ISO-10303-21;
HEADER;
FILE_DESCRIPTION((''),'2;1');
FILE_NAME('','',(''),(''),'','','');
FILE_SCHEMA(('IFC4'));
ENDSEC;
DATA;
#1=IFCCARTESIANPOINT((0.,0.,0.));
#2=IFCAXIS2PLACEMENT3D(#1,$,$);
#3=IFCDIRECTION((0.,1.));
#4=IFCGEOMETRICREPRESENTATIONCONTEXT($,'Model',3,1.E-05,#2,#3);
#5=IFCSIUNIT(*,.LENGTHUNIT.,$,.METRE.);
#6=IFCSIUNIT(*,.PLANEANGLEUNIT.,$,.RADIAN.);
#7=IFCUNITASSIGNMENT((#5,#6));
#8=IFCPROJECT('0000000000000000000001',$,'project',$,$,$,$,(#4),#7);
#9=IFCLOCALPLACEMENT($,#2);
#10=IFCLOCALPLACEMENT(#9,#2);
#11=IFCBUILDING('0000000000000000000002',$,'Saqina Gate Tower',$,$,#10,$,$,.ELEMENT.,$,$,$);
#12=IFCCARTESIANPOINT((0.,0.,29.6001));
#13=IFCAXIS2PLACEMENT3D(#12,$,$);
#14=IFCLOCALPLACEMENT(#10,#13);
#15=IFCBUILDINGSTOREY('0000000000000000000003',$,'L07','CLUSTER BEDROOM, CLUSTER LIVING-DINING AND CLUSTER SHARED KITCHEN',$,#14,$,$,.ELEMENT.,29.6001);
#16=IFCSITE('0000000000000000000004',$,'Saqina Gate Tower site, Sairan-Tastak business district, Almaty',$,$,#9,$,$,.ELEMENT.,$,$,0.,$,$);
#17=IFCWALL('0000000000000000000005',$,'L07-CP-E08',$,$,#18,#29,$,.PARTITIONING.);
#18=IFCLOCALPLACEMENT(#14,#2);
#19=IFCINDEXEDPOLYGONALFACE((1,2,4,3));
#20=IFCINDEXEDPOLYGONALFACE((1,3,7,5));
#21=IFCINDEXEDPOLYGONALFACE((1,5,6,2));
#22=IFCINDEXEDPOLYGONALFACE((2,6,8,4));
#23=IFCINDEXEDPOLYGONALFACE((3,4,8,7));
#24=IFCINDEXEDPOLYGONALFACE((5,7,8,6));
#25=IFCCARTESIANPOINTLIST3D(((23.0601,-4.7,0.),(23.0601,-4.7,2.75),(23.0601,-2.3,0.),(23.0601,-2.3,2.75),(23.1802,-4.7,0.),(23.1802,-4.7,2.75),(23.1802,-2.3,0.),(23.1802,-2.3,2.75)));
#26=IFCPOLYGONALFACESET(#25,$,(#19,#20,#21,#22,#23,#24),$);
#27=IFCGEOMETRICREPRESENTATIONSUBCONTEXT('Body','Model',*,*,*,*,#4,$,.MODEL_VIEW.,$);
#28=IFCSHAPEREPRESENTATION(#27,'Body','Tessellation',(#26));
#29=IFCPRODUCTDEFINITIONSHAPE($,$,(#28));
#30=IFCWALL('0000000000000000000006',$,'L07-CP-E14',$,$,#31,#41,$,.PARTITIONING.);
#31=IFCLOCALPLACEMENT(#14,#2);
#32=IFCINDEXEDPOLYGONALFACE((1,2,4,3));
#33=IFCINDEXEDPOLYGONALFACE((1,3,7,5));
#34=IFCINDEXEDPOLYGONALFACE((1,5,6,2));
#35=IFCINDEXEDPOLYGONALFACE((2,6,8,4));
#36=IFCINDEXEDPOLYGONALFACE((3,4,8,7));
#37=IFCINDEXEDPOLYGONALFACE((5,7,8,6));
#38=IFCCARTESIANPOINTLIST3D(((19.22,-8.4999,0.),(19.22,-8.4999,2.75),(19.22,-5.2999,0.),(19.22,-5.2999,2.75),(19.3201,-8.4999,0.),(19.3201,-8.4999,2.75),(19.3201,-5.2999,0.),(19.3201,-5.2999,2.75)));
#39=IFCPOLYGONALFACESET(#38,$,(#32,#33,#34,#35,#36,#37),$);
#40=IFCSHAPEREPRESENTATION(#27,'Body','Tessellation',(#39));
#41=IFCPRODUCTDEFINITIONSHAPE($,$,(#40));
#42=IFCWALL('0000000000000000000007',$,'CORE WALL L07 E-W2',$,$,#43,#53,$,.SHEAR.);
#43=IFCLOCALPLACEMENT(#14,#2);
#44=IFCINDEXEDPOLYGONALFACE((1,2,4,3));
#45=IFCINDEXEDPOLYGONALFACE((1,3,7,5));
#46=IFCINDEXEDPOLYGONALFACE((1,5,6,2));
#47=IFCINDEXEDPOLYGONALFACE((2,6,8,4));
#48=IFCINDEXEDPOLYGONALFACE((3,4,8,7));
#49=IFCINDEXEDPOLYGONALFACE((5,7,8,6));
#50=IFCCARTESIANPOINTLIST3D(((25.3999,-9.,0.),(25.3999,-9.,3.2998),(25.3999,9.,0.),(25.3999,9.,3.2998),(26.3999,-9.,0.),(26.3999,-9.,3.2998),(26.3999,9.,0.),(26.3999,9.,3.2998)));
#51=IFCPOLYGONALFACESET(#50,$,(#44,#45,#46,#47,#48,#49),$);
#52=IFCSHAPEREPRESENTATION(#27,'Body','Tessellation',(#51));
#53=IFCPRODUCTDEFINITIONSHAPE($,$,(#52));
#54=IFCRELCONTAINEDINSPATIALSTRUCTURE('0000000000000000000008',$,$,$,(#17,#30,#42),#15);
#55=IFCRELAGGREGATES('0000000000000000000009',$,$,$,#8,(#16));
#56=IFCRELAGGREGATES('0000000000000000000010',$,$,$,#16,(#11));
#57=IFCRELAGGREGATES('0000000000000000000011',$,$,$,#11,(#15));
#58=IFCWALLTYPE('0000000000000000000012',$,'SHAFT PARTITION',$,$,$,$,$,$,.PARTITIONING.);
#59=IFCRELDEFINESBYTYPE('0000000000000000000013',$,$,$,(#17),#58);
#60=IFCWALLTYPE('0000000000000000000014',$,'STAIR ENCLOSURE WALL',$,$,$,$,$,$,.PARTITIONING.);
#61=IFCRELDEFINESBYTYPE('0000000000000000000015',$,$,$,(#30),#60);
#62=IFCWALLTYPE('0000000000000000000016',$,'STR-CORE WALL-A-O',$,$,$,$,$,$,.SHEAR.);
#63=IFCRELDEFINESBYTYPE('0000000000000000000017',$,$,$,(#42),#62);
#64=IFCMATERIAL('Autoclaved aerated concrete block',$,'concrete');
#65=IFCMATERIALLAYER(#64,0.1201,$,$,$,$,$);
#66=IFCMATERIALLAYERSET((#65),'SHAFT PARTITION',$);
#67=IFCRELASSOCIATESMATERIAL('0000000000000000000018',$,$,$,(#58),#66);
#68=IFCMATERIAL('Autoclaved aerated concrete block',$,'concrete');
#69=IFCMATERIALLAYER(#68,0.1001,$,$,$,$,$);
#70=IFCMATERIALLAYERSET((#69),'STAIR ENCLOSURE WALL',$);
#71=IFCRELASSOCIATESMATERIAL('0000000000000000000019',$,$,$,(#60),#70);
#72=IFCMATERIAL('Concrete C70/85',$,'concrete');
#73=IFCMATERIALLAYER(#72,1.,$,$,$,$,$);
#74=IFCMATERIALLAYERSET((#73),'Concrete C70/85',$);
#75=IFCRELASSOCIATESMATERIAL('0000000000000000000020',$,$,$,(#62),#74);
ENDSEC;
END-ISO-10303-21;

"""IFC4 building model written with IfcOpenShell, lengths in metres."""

from ifc_helpers import new_model, si_unit, direction, frame, frame_2d, origin, place, context, subcontext, project, spatial, rectangle, extrude, material, layer, layer_set, type_object, element, save


model = new_model("IFC4")

# Units and contexts
model_context = context("Model", 3, precision=1e-05, world=origin(), true_north=direction((0.0, 1.0)))
body_context = subcontext(model_context, "Body", "Model", "MODEL_VIEW")
ifc_project = project(units=[si_unit("LENGTHUNIT", "METRE"), si_unit("PLANEANGLEUNIT", "RADIAN")], contexts=[model_context])

# Site, building, storey
site_placement = place(None, origin())
site = spatial("IfcSite", under=ifc_project, at=site_placement, Name="Saqina Gate Tower site, Sairan-Tastak business district, Almaty", CompositionType="ELEMENT", RefElevation=0.0)
building_placement = place(site_placement, origin())
building = spatial("IfcBuilding", under=site, at=building_placement, Name="Saqina Gate Tower", CompositionType="ELEMENT")
storey_placement = place(building_placement, frame((0.0, 0.0, 29.6001)))
storey = spatial("IfcBuildingStorey", under=building, at=storey_placement, Name="L07", Description="CLUSTER BEDROOM, CLUSTER LIVING-DINING AND CLUSTER SHARED KITCHEN", CompositionType="ELEMENT", Elevation=29.6001)

# Walls
ifc_material_1 = material(Name="Autoclaved aerated concrete block", Category="concrete")
ifc_layer_1 = layer(ifc_material_1, 0.1201)
ifc_layer_set_1 = layer_set([ifc_layer_1], Name="SHAFT PARTITION")
wall_type_1 = type_object("IfcWallType", Name="SHAFT PARTITION", PredefinedType="PARTITIONING", material=ifc_layer_set_1)
for number, where, z_axis, x_axis, name in (
    (1, (23.1201, -4.7, 0.0), (0.0, 0.0, 1.0), (0.0, 1.0, 0.0), "L07-CP-E08"),
):
    element("IfcWall", number, at=place(storey_placement, frame(where, z_axis=z_axis, x_axis=x_axis)), inside=storey, type_object=wall_type_1, Name=name, PredefinedType="PARTITIONING", context=body_context, shape_type="SweptSolid", body=[
        extrude(rectangle(XDim=2.3999, YDim=0.1201, at=frame_2d((1.2, 0.0))), origin(), (0.0, 0.0, 1.0), 2.75),
    ])
ifc_material_2 = material(Name="Autoclaved aerated concrete block", Category="concrete")
ifc_layer_2 = layer(ifc_material_2, 0.1001)
ifc_layer_set_2 = layer_set([ifc_layer_2], Name="STAIR ENCLOSURE WALL")
wall_type_2 = type_object("IfcWallType", Name="STAIR ENCLOSURE WALL", PredefinedType="PARTITIONING", material=ifc_layer_set_2)
wall_1_placement = place(storey_placement, frame((19.27, -8.5, 0.0), z_axis=(0.0, 0.0, 1.0), x_axis=(0.0, 1.0, 0.0)))
element("IfcWall", 2, at=wall_1_placement, inside=storey, type_object=wall_type_2, Name="L07-CP-E14", PredefinedType="PARTITIONING", context=body_context, shape_type="SweptSolid", body=[
    extrude(rectangle(XDim=3.2, YDim=0.1001, at=frame_2d((1.6001, 0.0))), origin(), (0.0, 0.0, 1.0), 2.75),
])
ifc_material_3 = material(Name="Concrete C70/85", Category="concrete")
ifc_layer_3 = layer(ifc_material_3, 1.0)
ifc_layer_set_3 = layer_set([ifc_layer_3], Name="Concrete C70/85")
wall_type_3 = type_object("IfcWallType", Name="STR-CORE WALL-A-O", PredefinedType="SHEAR", material=ifc_layer_set_3)
wall_2_placement = place(storey_placement, frame((25.8999, -9.0, 0.0), z_axis=(0.0, 0.0, 1.0), x_axis=(0.0, 1.0, 0.0)))
element("IfcWall", 3, at=wall_2_placement, inside=storey, type_object=wall_type_3, Name="CORE WALL L07 E-W2", PredefinedType="SHEAR", context=body_context, shape_type="SweptSolid", body=[
    extrude(rectangle(XDim=18.0, YDim=1.0, at=frame_2d((9.0, 0.0))), origin(), (0.0, 0.0, 1.0), 3.2998),
])

save(model, "model.ifc")
